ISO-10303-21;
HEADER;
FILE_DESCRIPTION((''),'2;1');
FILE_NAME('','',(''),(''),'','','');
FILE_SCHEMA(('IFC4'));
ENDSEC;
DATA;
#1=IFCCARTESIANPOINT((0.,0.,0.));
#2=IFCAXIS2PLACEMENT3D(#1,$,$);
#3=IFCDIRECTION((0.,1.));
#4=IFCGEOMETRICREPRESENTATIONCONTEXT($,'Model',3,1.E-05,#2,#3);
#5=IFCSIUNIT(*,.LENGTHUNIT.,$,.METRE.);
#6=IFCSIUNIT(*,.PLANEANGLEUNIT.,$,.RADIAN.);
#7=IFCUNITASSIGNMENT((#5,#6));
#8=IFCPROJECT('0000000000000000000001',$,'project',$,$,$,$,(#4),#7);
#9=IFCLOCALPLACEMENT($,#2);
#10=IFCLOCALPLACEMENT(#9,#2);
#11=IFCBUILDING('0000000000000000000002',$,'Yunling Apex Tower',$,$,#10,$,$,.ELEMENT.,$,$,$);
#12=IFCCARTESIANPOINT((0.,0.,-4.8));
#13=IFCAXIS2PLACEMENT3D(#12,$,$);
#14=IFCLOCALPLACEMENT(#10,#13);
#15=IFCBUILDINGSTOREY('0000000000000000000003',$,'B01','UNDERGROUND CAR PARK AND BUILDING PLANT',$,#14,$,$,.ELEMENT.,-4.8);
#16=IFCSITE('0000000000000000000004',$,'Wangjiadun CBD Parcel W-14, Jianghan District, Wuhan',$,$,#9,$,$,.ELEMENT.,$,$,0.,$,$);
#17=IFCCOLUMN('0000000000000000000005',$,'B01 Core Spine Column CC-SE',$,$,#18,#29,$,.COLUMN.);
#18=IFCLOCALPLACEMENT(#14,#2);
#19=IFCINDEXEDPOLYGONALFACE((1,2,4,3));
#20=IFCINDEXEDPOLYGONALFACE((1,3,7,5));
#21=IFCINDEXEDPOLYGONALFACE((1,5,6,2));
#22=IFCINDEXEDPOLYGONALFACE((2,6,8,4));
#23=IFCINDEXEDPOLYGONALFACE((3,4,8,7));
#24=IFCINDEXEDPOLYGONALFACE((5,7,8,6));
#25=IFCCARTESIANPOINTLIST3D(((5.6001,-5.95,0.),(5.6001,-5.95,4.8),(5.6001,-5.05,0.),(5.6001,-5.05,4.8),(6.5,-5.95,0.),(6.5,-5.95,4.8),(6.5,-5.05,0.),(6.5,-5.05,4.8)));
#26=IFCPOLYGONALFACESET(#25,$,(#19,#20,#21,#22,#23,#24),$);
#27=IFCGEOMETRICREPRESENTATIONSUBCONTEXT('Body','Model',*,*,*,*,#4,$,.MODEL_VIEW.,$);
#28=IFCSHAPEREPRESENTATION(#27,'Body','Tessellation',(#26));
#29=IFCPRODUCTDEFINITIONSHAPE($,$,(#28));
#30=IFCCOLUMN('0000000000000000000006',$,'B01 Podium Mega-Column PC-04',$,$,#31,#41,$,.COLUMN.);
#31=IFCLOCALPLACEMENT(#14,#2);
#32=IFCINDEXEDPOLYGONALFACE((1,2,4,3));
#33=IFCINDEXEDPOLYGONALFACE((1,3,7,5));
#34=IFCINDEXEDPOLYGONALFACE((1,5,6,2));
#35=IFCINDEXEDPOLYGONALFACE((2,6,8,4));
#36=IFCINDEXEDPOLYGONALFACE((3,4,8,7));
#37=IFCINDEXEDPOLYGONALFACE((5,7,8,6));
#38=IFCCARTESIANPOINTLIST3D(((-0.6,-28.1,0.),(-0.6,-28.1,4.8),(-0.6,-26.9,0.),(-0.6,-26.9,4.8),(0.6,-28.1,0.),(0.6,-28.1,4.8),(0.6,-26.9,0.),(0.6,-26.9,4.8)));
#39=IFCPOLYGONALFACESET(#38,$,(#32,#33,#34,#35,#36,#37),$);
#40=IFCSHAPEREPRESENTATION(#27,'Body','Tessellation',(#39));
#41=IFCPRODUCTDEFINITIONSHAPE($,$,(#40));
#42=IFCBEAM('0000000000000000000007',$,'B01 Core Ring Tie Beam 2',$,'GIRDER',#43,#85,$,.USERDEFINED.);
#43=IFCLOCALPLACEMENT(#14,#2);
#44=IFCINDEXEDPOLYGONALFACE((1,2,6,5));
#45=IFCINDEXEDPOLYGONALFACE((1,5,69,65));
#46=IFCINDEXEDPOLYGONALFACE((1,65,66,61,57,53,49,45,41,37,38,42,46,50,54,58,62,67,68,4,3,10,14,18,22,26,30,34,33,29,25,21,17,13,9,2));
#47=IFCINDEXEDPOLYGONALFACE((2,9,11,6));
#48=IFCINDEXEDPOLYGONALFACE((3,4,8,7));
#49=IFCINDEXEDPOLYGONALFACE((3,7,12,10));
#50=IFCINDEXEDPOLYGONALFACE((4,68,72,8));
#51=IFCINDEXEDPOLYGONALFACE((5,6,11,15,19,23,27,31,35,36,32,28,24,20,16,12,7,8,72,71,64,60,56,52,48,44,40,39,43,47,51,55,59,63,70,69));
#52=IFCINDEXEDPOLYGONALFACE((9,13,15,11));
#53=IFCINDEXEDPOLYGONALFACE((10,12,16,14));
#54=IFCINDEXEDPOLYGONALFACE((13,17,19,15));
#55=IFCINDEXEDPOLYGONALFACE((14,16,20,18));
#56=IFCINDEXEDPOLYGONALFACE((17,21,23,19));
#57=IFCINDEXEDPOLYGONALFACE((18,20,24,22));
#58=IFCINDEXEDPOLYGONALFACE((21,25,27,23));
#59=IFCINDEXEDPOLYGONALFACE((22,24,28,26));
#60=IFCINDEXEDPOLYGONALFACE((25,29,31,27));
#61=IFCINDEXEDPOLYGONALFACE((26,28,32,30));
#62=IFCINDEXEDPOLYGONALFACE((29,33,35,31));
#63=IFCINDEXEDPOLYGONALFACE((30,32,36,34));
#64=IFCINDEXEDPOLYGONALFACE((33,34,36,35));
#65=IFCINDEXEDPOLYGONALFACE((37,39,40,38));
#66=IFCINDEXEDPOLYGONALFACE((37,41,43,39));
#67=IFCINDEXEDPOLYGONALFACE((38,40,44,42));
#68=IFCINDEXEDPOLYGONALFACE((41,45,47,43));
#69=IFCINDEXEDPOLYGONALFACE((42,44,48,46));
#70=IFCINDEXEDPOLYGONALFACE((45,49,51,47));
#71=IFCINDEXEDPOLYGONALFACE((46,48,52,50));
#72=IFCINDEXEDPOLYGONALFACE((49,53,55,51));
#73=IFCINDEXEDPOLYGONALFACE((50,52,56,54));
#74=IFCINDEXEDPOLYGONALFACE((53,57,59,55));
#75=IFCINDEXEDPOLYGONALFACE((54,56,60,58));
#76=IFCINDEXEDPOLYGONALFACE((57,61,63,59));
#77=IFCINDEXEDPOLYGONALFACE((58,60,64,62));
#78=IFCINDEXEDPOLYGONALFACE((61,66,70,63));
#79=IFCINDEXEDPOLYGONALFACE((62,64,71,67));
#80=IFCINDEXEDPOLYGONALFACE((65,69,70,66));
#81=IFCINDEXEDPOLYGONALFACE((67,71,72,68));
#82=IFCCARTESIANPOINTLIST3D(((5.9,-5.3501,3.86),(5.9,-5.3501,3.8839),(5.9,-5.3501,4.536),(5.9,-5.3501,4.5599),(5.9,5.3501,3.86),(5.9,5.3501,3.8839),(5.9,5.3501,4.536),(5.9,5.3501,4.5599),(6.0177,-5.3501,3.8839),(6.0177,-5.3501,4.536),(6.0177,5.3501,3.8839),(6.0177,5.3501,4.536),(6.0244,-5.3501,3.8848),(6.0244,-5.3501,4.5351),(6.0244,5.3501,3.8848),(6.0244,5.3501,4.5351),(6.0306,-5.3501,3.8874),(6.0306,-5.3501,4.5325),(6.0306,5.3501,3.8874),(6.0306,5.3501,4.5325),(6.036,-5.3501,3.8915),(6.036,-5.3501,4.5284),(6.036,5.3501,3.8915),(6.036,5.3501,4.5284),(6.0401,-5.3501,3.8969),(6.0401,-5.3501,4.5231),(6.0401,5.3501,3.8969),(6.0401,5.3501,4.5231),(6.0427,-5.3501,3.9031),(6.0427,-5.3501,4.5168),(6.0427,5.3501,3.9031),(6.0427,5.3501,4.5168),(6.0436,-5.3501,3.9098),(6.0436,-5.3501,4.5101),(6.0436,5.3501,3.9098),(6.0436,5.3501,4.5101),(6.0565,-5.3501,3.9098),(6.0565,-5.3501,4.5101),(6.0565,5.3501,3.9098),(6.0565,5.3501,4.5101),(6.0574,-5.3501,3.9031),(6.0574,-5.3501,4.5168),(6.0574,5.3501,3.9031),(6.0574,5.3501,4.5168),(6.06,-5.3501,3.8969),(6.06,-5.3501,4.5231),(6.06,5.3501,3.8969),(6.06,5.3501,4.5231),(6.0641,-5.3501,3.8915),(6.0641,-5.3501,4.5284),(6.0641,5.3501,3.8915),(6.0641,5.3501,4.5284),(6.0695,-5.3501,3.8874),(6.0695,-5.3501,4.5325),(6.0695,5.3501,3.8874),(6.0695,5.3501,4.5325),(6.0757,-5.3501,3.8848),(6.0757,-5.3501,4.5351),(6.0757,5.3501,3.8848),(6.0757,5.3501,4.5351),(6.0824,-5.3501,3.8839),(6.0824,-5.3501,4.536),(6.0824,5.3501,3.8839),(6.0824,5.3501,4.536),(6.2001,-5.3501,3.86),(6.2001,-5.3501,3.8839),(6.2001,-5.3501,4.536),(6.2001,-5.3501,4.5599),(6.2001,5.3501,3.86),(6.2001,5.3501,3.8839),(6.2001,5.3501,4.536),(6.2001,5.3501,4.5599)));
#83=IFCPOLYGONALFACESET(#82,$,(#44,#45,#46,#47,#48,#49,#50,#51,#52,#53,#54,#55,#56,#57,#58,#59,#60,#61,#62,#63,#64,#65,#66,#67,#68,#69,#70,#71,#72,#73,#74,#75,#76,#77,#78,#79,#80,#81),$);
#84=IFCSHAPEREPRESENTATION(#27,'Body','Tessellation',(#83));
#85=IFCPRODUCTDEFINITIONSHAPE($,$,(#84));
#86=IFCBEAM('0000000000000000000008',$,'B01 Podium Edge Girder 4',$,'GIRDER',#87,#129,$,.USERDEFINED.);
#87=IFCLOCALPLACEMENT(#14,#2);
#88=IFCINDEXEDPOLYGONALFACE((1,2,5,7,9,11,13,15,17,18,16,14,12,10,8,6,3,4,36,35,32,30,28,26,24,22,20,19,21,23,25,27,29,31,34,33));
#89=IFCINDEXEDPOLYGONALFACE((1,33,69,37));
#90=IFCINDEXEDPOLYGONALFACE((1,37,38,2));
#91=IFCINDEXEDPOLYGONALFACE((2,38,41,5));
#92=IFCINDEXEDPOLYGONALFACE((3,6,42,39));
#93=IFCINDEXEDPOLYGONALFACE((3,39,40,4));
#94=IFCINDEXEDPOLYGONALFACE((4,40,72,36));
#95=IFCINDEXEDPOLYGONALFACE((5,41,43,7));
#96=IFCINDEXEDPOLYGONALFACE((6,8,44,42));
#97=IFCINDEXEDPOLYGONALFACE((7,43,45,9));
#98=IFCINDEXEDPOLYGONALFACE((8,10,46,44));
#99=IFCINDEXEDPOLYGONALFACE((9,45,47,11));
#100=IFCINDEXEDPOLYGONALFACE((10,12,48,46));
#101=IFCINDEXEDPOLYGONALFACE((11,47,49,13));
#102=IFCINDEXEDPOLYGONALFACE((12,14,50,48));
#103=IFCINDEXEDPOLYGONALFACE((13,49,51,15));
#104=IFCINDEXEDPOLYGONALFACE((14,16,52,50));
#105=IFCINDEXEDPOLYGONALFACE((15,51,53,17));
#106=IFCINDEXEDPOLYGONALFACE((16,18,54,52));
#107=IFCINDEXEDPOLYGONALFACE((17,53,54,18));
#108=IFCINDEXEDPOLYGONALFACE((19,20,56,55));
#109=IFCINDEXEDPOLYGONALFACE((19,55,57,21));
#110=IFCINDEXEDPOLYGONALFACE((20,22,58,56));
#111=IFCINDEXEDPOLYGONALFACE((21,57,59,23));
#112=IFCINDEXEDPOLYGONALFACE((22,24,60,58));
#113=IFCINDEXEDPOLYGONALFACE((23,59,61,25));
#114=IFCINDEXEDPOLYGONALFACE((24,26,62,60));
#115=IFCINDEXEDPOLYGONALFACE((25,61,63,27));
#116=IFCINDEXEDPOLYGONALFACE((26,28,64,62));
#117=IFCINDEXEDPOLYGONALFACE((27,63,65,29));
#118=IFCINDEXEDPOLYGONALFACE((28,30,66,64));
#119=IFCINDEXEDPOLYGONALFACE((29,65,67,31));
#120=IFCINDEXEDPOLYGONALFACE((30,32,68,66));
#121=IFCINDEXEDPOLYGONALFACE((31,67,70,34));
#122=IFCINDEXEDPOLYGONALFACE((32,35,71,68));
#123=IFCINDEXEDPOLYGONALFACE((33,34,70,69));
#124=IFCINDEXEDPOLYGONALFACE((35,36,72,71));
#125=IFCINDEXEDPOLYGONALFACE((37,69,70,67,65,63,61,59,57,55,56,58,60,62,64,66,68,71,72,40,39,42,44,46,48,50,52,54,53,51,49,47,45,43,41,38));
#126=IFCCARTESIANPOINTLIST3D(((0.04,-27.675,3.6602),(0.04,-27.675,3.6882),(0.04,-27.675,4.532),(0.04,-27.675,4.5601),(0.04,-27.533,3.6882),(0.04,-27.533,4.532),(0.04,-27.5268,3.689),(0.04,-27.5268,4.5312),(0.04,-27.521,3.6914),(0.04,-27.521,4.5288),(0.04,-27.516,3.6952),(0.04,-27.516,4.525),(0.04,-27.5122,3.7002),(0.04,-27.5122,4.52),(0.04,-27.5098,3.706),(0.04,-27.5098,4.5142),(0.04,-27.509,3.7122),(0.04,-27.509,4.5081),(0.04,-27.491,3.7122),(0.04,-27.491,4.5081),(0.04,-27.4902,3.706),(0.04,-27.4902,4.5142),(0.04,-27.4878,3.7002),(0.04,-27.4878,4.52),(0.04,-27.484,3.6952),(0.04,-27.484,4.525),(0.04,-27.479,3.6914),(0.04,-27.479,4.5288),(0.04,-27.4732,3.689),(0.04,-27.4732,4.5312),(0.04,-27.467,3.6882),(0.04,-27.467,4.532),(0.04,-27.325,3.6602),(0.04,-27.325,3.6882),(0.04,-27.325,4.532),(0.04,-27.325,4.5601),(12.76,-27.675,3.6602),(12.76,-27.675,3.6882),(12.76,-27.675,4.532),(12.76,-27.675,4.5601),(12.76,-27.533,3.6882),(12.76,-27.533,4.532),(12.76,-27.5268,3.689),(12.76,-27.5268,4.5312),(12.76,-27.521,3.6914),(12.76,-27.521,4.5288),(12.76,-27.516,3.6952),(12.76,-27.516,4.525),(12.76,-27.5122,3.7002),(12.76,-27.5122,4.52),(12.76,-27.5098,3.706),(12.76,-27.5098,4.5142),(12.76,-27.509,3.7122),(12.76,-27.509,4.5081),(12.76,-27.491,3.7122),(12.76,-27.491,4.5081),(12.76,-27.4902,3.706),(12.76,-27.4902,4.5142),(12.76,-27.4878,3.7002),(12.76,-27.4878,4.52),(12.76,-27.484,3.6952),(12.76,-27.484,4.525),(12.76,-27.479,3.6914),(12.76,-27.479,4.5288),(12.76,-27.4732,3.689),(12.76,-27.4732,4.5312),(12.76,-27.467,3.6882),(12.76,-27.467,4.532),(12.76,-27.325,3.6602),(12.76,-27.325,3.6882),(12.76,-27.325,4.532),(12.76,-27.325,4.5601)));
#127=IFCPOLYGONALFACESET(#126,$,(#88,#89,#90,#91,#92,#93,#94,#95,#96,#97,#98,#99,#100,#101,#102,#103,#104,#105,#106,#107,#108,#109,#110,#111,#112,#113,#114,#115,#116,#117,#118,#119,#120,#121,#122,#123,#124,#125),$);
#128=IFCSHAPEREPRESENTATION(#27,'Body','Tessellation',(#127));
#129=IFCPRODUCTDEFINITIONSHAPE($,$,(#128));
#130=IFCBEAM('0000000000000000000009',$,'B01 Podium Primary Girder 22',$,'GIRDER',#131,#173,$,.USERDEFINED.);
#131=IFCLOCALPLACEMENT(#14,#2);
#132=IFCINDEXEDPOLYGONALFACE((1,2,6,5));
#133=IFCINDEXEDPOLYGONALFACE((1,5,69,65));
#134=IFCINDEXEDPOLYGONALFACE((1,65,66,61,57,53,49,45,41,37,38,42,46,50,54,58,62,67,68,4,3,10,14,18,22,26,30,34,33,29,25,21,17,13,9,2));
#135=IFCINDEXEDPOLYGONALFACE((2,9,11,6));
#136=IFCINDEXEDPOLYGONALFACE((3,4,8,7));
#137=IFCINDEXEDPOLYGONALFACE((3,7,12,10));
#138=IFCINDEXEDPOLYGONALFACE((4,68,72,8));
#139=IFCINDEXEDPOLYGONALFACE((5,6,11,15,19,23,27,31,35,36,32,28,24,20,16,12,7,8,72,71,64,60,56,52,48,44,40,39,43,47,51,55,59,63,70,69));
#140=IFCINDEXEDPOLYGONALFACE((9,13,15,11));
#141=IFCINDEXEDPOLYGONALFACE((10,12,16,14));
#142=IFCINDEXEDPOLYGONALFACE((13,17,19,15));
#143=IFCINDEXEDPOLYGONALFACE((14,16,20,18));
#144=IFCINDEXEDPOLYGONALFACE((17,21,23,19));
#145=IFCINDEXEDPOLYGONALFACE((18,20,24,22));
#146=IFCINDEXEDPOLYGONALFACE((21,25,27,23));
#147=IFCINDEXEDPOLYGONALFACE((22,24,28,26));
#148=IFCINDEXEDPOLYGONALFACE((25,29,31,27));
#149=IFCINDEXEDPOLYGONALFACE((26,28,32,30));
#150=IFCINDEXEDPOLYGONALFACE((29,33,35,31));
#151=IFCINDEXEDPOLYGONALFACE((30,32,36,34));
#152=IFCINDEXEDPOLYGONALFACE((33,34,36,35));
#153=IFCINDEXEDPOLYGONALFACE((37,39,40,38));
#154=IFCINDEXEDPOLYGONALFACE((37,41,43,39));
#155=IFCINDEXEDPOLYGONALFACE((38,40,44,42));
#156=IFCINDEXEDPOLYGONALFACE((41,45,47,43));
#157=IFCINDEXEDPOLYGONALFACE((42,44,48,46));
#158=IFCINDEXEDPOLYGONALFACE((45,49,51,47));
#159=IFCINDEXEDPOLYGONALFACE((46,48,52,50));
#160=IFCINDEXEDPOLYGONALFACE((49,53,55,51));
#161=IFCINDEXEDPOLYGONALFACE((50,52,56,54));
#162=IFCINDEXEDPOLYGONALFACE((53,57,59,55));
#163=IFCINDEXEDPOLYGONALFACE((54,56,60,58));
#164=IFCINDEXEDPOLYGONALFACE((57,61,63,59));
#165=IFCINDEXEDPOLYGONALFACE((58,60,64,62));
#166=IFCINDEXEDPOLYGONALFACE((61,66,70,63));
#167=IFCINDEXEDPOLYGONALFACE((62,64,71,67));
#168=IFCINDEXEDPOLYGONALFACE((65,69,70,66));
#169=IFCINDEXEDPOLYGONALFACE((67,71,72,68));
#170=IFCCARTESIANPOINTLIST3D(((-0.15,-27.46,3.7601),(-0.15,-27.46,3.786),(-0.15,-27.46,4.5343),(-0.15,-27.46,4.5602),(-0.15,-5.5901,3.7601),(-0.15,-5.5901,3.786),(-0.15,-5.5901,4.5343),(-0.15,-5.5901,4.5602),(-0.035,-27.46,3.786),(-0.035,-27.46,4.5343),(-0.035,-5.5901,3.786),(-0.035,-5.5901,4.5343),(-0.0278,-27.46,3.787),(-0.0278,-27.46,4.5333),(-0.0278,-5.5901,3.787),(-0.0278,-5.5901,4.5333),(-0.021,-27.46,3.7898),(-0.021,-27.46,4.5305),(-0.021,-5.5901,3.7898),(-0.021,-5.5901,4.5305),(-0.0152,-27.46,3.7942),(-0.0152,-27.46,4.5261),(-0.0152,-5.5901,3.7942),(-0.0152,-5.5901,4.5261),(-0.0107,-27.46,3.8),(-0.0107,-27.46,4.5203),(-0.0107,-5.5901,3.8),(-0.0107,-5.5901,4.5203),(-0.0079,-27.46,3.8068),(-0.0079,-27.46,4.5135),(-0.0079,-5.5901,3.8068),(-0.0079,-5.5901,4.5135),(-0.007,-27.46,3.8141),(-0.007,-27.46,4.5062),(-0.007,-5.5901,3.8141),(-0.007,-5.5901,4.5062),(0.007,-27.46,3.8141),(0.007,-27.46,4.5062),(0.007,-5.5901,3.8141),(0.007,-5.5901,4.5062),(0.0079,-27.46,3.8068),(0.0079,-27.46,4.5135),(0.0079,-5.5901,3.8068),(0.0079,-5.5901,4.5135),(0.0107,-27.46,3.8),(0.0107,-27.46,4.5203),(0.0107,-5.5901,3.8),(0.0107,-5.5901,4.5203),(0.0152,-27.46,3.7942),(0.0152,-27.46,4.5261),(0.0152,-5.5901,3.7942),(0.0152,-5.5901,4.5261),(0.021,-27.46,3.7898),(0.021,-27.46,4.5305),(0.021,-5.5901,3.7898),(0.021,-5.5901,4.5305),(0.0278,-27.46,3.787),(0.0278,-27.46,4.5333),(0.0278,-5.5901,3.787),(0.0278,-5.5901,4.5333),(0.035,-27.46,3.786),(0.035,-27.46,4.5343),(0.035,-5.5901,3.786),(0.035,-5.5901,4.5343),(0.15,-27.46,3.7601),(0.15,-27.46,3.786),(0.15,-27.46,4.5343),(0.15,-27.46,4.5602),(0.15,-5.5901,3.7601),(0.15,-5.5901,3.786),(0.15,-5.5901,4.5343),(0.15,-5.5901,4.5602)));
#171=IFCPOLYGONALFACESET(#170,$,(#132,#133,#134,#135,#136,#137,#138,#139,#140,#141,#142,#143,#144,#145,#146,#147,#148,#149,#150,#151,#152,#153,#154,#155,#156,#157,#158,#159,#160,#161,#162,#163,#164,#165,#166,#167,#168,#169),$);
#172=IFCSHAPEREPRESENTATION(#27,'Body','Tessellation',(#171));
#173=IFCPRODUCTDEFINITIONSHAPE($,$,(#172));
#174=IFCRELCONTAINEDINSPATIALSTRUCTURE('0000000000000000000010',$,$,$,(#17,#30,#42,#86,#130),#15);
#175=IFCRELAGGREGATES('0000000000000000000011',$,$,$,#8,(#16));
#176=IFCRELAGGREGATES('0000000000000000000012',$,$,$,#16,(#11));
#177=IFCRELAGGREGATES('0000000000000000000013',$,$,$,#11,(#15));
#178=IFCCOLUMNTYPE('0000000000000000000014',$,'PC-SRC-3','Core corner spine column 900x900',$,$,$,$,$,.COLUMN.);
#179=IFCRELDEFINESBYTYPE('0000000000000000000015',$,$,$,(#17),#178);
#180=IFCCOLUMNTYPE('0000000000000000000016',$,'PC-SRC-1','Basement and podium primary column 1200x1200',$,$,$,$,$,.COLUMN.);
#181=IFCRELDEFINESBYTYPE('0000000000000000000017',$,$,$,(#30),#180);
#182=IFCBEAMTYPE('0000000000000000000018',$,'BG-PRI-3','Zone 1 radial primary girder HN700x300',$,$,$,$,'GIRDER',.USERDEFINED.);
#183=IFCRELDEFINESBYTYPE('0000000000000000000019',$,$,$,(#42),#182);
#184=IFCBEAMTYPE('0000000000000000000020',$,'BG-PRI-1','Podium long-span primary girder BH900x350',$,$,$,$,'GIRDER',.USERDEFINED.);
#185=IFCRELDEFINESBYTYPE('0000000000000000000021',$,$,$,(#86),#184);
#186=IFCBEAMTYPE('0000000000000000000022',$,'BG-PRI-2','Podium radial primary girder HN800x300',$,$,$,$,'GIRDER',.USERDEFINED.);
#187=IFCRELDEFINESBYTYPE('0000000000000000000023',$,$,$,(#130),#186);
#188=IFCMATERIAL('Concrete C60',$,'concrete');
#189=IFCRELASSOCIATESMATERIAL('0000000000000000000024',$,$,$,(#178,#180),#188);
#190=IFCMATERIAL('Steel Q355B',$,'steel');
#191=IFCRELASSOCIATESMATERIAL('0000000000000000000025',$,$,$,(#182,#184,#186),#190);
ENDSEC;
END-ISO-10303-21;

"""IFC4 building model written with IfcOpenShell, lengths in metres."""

from ifc_helpers import new_model, si_unit, direction, frame, origin, origin_2d, place, context, subcontext, project, spatial, rectangle, i_section, extrude, source, transform, mapped, material, material_profile, profile_set, type_object, element, save


model = new_model("IFC4")

# Units and contexts
model_context = context("Model", 3, precision=1e-05, world=origin(), true_north=direction((0.0, 1.0)))
body_context = subcontext(model_context, "Body", "Model", "MODEL_VIEW")
ifc_project = project(units=[si_unit("LENGTHUNIT", "METRE"), si_unit("PLANEANGLEUNIT", "RADIAN")], contexts=[model_context])

# Site, building, storey
site_placement = place(None, origin())
site = spatial("IfcSite", under=ifc_project, at=site_placement, Name="Wangjiadun CBD Parcel W-14, Jianghan District, Wuhan", CompositionType="ELEMENT", RefElevation=0.0)
building_placement = place(site_placement, origin())
building = spatial("IfcBuilding", under=site, at=building_placement, Name="Yunling Apex Tower", CompositionType="ELEMENT")
storey_placement = place(building_placement, frame((0.0, 0.0, -4.8)))
storey = spatial("IfcBuildingStorey", under=building, at=storey_placement, Name="B01", Description="UNDERGROUND CAR PARK AND BUILDING PLANT", CompositionType="ELEMENT", Elevation=-4.8)

# Columns
ifc_material_1 = material(Name="Concrete C60", Category="concrete")
ifc_material_profile_1 = material_profile(ifc_material_1, rectangle(XDim=0.8999, YDim=0.8999, at=origin_2d()))
ifc_profile_set_1 = profile_set([ifc_material_profile_1], Name="Concrete C60")
column_type_1 = type_object("IfcColumnType", Name="PC-SRC-3", Description="Core corner spine column 900x900", PredefinedType="COLUMN", material=ifc_profile_set_1)
shared_shape_1 = source(origin(), body_context, "Body", "SweptSolid", [
    extrude(rectangle(XDim=0.8999, YDim=0.8999, at=origin_2d()), origin(), (0.0, 0.0, 1.0), 4.8),
])
column_1_placement = place(storey_placement, frame((6.05, -5.5, 0.0), z_axis=(0.0, 0.0, 1.0), x_axis=(1.0, 0.0, 0.0)))
element("IfcColumn", 1, at=column_1_placement, inside=storey, type_object=column_type_1, Name="B01 Core Spine Column CC-SE", PredefinedType="COLUMN", context=body_context, shape_type="MappedRepresentation", body=[
    mapped(shared_shape_1, transform((0.0, 0.0, 0.0), scale=1.0)),
])
ifc_material_profile_2 = material_profile(ifc_material_1, rectangle(XDim=1.2, YDim=1.2, at=origin_2d()))
ifc_profile_set_2 = profile_set([ifc_material_profile_2], Name="Concrete C60")
column_type_2 = type_object("IfcColumnType", Name="PC-SRC-1", Description="Basement and podium primary column 1200x1200", PredefinedType="COLUMN", material=ifc_profile_set_2)
shared_shape_2 = source(origin(), body_context, "Body", "SweptSolid", [
    extrude(rectangle(XDim=1.2, YDim=1.2, at=origin_2d()), origin(), (0.0, 0.0, 1.0), 4.8),
])
column_2_placement = place(storey_placement, frame((0.0, -27.5, 0.0), z_axis=(0.0, 0.0, 1.0), x_axis=(1.0, 0.0, 0.0)))
element("IfcColumn", 2, at=column_2_placement, inside=storey, type_object=column_type_2, Name="B01 Podium Mega-Column PC-04", PredefinedType="COLUMN", context=body_context, shape_type="MappedRepresentation", body=[
    mapped(shared_shape_2, transform((0.0, 0.0, 0.0), scale=1.0)),
])

# Beams
ifc_material_2 = material(Name="Steel Q355B", Category="steel")
ifc_material_profile_3 = material_profile(ifc_material_2, i_section(OverallWidth=0.3, OverallDepth=0.7, WebThickness=0.0129, FlangeThickness=0.0239, FilletRadius=0.0259, at=origin_2d()))
ifc_profile_set_3 = profile_set([ifc_material_profile_3], Name="Steel Q355B")
beam_type_1 = type_object("IfcBeamType", Name="BG-PRI-3", Description="Zone 1 radial primary girder HN700x300", ElementType="GIRDER", PredefinedType="USERDEFINED", material=ifc_profile_set_3)
shared_shape_3 = source(origin(), body_context, "Body", "SweptSolid", [
    extrude(i_section(OverallWidth=0.3, OverallDepth=0.7, WebThickness=0.0129, FlangeThickness=0.0239, FilletRadius=0.0259, at=origin_2d()), origin(), (0.0, 0.0, 1.0), 10.7002),
])
beam_1_placement = place(storey_placement, frame((6.05, -5.3501, 4.21), z_axis=(0.0, 1.0, 0.0), x_axis=(-1.0, 0.0, 0.0)))
element("IfcBeam", 3, at=beam_1_placement, inside=storey, type_object=beam_type_1, Name="B01 Core Ring Tie Beam 2", ObjectType="GIRDER", PredefinedType="USERDEFINED", context=body_context, shape_type="MappedRepresentation", body=[
    mapped(shared_shape_3, transform((0.0, 0.0, 0.0), scale=1.0)),
])
ifc_material_profile_4 = material_profile(ifc_material_2, i_section(OverallWidth=0.3501, OverallDepth=0.8999, WebThickness=0.0181, FlangeThickness=0.0281, FilletRadius=0.0239, at=origin_2d()))
ifc_profile_set_4 = profile_set([ifc_material_profile_4], Name="Steel Q355B")
beam_type_2 = type_object("IfcBeamType", Name="BG-PRI-1", Description="Podium long-span primary girder BH900x350", ElementType="GIRDER", PredefinedType="USERDEFINED", material=ifc_profile_set_4)
shared_shape_4 = source(origin(), body_context, "Body", "SweptSolid", [
    extrude(i_section(OverallWidth=0.3501, OverallDepth=0.8999, WebThickness=0.0181, FlangeThickness=0.0281, FilletRadius=0.0239, at=origin_2d()), origin(), (0.0, 0.0, 1.0), 12.72),
])
beam_2_placement = place(storey_placement, frame((0.04, -27.5, 4.1101), z_axis=(1.0, 0.0, 0.0), x_axis=(0.0, 1.0, 0.0)))
element("IfcBeam", 4, at=beam_2_placement, inside=storey, type_object=beam_type_2, Name="B01 Podium Edge Girder 4", ObjectType="GIRDER", PredefinedType="USERDEFINED", context=body_context, shape_type="MappedRepresentation", body=[
    mapped(shared_shape_4, transform((0.0, 0.0, 0.0), scale=1.0)),
])
ifc_material_profile_5 = material_profile(ifc_material_2, i_section(OverallWidth=0.3, OverallDepth=0.8, WebThickness=0.0139, FlangeThickness=0.0259, FilletRadius=0.0281, at=origin_2d()))
ifc_profile_set_5 = profile_set([ifc_material_profile_5], Name="Steel Q355B")
beam_type_3 = type_object("IfcBeamType", Name="BG-PRI-2", Description="Podium radial primary girder HN800x300", ElementType="GIRDER", PredefinedType="USERDEFINED", material=ifc_profile_set_5)
shared_shape_5 = source(origin(), body_context, "Body", "SweptSolid", [
    extrude(i_section(OverallWidth=0.3, OverallDepth=0.8, WebThickness=0.0139, FlangeThickness=0.0259, FilletRadius=0.0281, at=origin_2d()), origin(), (0.0, 0.0, 1.0), 21.8699),
])
beam_3_placement = place(storey_placement, frame((0.0, -27.46, 4.1602), z_axis=(0.0, 1.0, 0.0), x_axis=(-1.0, 0.0, 0.0)))
element("IfcBeam", 5, at=beam_3_placement, inside=storey, type_object=beam_type_3, Name="B01 Podium Primary Girder 22", ObjectType="GIRDER", PredefinedType="USERDEFINED", context=body_context, shape_type="MappedRepresentation", body=[
    mapped(shared_shape_5, transform((0.0, 0.0, 0.0), scale=1.0)),
])

save(model, "model.ifc")
